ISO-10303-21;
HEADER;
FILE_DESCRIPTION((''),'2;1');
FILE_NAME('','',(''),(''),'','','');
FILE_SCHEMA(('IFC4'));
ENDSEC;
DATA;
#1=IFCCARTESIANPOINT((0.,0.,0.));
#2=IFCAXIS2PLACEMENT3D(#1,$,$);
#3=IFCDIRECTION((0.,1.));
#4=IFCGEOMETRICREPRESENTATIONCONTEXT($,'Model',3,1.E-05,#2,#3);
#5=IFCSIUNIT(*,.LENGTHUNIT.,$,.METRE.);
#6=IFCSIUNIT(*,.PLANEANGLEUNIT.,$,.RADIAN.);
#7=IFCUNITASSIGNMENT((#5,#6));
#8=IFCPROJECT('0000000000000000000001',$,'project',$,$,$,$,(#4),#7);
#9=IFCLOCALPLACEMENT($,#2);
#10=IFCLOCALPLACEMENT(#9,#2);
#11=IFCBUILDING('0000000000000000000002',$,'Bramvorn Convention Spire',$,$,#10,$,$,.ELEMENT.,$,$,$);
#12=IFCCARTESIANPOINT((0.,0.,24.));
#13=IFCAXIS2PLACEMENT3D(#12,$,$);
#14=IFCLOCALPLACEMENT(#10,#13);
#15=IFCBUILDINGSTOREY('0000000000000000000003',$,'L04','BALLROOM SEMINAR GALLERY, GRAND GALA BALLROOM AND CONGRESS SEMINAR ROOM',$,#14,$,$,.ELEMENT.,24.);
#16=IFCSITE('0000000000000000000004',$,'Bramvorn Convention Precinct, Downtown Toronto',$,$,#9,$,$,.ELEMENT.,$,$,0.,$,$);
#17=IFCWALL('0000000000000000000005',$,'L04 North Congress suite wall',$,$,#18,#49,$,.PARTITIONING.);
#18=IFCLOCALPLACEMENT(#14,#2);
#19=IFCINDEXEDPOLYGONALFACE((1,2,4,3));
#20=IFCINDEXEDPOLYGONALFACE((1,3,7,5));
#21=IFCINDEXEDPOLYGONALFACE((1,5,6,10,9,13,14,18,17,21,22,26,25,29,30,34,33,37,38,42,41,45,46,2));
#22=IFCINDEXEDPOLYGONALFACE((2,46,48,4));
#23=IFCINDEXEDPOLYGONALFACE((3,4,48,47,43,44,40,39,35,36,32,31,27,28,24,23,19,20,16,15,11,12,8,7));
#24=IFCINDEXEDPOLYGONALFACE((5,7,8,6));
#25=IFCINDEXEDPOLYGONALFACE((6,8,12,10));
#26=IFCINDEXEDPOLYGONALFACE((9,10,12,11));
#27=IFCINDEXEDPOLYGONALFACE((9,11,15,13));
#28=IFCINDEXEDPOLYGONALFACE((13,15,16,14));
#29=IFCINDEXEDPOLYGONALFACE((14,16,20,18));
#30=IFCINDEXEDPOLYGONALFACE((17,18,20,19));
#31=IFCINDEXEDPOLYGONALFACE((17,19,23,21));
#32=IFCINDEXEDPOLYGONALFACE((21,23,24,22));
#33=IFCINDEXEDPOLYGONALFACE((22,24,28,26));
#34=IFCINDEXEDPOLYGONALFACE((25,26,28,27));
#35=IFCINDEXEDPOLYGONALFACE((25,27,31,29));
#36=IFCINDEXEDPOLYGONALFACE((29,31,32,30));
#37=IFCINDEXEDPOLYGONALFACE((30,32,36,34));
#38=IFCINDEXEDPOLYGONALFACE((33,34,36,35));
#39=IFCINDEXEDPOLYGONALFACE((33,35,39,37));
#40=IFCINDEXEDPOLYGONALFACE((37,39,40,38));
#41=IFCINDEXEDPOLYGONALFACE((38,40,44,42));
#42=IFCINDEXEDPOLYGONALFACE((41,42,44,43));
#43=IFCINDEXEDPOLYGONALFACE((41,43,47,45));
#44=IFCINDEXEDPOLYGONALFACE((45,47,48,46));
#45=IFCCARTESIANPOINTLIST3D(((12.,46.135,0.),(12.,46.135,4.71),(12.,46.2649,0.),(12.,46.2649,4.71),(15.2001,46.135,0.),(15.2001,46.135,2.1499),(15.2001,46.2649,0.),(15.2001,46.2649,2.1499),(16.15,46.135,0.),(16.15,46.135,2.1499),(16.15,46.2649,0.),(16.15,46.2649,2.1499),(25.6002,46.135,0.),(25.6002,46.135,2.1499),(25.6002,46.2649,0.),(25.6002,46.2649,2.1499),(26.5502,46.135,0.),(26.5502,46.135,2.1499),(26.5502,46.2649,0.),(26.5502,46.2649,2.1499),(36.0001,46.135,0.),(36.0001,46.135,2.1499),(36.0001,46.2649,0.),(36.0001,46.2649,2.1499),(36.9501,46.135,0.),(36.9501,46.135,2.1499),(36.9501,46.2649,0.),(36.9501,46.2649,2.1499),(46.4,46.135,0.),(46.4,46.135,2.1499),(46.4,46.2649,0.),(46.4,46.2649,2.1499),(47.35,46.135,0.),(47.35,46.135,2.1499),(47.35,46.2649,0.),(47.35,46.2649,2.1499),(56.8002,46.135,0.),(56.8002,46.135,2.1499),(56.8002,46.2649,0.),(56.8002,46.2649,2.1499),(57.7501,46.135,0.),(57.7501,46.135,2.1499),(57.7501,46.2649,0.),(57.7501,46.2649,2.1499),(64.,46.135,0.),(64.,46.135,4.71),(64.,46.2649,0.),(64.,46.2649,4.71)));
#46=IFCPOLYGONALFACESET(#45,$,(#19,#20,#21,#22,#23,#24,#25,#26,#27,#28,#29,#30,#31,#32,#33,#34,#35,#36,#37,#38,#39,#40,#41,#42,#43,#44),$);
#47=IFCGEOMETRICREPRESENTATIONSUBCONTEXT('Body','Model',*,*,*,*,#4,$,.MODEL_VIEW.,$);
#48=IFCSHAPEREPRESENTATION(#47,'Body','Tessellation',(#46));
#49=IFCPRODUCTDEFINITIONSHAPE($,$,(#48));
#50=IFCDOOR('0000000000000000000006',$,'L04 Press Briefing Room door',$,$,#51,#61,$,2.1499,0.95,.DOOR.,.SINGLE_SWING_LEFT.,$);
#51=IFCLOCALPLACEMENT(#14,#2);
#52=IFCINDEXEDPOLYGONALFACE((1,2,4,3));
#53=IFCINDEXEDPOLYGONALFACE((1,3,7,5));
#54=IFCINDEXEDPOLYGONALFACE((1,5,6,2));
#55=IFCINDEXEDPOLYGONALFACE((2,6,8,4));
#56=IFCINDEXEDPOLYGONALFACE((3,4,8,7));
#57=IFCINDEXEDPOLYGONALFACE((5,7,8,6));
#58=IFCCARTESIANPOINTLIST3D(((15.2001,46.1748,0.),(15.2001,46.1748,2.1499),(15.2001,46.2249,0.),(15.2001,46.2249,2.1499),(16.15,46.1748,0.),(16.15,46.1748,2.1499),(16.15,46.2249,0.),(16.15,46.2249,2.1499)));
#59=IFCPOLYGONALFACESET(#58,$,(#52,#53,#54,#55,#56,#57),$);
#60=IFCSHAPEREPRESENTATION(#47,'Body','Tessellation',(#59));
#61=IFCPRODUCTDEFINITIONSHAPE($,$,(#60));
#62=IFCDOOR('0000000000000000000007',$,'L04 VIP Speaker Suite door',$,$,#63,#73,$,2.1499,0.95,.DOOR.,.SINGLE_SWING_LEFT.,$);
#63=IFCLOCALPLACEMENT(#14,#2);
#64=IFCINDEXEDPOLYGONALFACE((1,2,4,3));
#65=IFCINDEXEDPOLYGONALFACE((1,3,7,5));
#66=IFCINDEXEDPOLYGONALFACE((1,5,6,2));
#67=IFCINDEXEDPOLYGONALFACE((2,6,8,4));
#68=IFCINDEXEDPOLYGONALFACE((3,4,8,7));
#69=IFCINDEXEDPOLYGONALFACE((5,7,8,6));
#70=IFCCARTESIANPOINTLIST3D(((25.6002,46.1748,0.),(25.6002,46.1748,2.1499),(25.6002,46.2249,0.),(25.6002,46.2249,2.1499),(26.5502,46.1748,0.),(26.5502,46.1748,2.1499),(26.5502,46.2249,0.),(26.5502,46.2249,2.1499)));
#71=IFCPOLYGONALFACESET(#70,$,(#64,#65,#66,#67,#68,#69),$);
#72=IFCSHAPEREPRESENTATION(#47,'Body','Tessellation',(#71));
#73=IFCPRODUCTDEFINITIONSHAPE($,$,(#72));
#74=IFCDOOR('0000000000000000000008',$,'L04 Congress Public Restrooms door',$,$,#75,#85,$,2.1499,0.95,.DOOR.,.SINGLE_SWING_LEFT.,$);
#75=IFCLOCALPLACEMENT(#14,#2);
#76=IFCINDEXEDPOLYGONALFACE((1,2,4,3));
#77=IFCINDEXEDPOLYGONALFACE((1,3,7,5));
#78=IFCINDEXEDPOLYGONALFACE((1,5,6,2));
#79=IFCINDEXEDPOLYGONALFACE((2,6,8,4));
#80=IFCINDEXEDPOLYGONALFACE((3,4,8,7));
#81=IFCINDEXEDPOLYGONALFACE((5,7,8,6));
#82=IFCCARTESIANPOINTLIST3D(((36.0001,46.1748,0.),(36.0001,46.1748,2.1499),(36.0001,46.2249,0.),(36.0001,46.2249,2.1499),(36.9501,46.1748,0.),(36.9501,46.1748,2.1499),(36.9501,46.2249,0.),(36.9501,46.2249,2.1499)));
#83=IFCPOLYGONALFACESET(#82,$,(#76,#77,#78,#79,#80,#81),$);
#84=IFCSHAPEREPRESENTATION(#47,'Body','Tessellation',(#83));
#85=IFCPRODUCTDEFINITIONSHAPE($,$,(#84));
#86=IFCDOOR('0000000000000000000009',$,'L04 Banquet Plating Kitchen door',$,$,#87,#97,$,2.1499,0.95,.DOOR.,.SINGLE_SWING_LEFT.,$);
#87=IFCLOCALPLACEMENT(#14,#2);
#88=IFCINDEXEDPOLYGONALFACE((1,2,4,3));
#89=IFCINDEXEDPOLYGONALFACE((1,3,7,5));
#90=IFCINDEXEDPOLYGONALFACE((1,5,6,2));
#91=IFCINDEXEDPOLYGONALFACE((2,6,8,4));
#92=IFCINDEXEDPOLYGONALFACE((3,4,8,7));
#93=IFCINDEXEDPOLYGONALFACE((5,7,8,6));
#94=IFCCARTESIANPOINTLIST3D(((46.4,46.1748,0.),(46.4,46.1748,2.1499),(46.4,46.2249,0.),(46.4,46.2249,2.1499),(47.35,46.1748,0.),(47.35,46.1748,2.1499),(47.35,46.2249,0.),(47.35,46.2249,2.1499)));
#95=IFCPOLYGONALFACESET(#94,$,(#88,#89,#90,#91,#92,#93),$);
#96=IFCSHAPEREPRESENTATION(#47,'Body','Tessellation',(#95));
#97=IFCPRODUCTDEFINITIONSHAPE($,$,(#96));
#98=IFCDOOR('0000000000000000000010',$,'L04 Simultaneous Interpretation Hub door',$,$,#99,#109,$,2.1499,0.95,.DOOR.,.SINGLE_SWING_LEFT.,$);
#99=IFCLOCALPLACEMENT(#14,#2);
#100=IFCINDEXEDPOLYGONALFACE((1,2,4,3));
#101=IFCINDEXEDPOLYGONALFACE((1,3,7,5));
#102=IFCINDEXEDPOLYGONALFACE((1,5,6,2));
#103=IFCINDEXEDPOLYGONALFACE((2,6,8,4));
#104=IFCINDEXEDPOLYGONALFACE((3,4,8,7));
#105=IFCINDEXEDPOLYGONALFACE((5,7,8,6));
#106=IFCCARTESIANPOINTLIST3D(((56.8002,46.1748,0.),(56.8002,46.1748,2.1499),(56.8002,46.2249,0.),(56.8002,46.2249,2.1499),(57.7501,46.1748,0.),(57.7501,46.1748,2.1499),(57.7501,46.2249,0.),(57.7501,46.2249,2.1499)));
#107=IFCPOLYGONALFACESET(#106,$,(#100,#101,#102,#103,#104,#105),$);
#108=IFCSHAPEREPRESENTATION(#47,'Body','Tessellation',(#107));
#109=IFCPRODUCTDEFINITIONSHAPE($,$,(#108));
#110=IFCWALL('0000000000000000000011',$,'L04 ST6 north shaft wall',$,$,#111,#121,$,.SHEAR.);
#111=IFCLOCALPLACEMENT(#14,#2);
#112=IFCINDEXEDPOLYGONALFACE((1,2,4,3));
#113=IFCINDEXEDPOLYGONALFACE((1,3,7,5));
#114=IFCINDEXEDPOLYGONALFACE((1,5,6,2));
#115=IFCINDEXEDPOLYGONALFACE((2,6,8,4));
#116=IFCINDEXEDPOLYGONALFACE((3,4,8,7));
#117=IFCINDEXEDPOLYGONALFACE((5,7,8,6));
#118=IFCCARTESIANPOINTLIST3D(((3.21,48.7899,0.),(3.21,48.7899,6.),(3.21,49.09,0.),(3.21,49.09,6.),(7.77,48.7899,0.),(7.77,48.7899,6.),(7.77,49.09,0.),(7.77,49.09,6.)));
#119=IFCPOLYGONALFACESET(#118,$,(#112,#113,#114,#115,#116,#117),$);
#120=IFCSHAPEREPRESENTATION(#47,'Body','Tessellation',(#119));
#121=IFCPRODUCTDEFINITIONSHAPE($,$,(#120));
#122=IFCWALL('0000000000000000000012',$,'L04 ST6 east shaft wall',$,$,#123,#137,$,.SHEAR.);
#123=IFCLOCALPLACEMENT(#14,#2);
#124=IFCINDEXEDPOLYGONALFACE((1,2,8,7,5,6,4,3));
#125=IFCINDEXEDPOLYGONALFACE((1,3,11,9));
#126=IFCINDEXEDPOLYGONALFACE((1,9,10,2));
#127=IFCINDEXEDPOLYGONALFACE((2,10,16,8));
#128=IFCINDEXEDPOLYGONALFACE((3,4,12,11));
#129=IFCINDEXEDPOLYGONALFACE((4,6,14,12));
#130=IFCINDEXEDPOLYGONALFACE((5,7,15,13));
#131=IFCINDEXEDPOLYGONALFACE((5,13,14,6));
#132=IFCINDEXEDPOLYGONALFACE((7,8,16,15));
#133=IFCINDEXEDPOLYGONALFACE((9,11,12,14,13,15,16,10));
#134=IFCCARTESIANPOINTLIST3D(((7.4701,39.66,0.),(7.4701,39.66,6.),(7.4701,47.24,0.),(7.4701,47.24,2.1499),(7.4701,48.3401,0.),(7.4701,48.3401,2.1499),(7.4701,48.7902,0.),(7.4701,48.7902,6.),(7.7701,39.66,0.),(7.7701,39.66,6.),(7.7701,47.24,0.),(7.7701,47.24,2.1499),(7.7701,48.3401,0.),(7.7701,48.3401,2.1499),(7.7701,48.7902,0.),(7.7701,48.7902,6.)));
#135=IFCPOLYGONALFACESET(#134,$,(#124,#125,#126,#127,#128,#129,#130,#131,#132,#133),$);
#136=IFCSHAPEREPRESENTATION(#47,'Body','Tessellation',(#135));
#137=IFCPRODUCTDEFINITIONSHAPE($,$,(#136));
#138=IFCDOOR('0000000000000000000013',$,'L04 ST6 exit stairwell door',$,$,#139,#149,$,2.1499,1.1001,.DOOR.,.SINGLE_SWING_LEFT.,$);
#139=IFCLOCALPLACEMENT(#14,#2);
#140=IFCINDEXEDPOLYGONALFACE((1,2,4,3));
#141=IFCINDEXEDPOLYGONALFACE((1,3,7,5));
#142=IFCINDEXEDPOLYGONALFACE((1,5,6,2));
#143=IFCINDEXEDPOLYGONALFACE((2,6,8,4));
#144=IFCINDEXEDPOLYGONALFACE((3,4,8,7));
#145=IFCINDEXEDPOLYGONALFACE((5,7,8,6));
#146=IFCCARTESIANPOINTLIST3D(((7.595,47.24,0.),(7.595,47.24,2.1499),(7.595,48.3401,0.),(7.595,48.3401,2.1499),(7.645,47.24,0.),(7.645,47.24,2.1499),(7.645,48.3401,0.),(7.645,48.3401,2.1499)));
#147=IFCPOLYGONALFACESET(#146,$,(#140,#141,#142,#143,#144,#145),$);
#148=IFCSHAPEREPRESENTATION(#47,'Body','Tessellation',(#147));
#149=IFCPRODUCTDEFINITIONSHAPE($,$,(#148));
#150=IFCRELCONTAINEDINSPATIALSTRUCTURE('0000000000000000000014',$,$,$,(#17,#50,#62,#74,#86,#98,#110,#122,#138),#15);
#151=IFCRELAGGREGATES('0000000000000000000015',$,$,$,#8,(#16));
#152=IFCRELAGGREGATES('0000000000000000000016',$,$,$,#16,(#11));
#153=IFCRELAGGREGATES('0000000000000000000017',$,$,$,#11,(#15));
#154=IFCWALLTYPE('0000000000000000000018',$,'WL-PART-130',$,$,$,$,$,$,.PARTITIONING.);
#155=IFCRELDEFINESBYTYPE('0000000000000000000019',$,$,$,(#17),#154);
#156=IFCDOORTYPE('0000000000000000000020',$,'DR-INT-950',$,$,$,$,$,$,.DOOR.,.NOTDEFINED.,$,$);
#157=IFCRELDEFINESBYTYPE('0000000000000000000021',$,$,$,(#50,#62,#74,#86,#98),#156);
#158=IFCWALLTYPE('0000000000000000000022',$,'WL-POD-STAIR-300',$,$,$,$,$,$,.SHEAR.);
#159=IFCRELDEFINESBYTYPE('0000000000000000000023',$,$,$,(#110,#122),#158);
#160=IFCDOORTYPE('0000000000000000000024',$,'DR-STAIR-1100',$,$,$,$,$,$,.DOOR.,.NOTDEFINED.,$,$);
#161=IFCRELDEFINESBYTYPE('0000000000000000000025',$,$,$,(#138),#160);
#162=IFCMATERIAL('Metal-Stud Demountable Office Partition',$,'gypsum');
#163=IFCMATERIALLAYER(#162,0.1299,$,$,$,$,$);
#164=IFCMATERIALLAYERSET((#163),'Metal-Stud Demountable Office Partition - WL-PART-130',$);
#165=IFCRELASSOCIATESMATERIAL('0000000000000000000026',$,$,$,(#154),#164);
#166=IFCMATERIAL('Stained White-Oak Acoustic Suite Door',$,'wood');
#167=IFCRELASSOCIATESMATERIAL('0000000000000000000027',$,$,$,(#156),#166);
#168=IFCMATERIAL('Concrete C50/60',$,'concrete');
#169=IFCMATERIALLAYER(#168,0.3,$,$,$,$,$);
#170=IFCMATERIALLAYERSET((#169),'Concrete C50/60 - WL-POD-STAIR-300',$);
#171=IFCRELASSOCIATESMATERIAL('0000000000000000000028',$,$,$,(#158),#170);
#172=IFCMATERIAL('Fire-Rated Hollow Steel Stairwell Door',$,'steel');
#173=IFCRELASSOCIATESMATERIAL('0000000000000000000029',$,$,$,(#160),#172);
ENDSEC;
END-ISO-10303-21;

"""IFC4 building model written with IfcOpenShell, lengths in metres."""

from ifc_helpers import new_model, si_unit, direction, frame, frame_2d, origin, place, context, subcontext, project, spatial, rectangle, extrude, material, layer, layer_set, type_object, element, fill, save


model = new_model("IFC4")

# Units and contexts
model_context = context("Model", 3, precision=1e-05, world=origin(), true_north=direction((0.0, 1.0)))
body_context = subcontext(model_context, "Body", "Model", "MODEL_VIEW")
ifc_project = project(units=[si_unit("LENGTHUNIT", "METRE"), si_unit("PLANEANGLEUNIT", "RADIAN")], contexts=[model_context])

# Site, building, storey
site_placement = place(None, origin())
site = spatial("IfcSite", under=ifc_project, at=site_placement, Name="Bramvorn Convention Precinct, Downtown Toronto", CompositionType="ELEMENT", RefElevation=0.0)
building_placement = place(site_placement, origin())
building = spatial("IfcBuilding", under=site, at=building_placement, Name="Bramvorn Convention Spire", CompositionType="ELEMENT")
storey_placement = place(building_placement, frame((0.0, 0.0, 24.0)))
storey = spatial("IfcBuildingStorey", under=building, at=storey_placement, Name="L04", Description="BALLROOM SEMINAR GALLERY, GRAND GALA BALLROOM AND CONGRESS SEMINAR ROOM", CompositionType="ELEMENT", Elevation=24.0)

# Wall, openings, doors
ifc_material_1 = material(Name="Metal-Stud Demountable Office Partition", Category="gypsum")
ifc_layer_1 = layer(ifc_material_1, 0.1299)
ifc_layer_set_1 = layer_set([ifc_layer_1], Name="Metal-Stud Demountable Office Partition - WL-PART-130")
wall_type_1 = type_object("IfcWallType", Name="WL-PART-130", PredefinedType="PARTITIONING", material=ifc_layer_set_1)
wall_1_placement = place(storey_placement, frame((12.0, 46.2, 0.0), z_axis=(0.0, 0.0, 1.0), x_axis=(1.0, 0.0, 0.0)))
wall_1 = element("IfcWall", 1, at=wall_1_placement, inside=storey, type_object=wall_type_1, Name="L04 North Congress suite wall", PredefinedType="PARTITIONING", context=body_context, shape_type="SweptSolid", body=[
    extrude(rectangle(XDim=52.0, YDim=0.1299, at=frame_2d((26.0, 0.0))), origin(), (0.0, 0.0, 1.0), 4.71),
])
opening_1_placement = place(wall_1_placement, frame((3.2, 0.0, 0.0)))
opening_1 = element("IfcOpeningElement", 2, at=opening_1_placement, cuts=wall_1, PredefinedType="OPENING", context=body_context, shape_type="SweptSolid", body=[
    extrude(rectangle(XDim=0.95, YDim=2.1499, at=frame_2d((0.4751, 1.075))), frame((0.0, 0.075, 0.0), z_axis=(0.0, -1.0, 0.0), x_axis=(1.0, 0.0, 0.0)), (0.0, 0.0, 1.0), 0.1499),
])
opening_2_placement = place(wall_1_placement, frame((13.6001, 0.0, 0.0)))
opening_2 = element("IfcOpeningElement", 3, at=opening_2_placement, cuts=wall_1, PredefinedType="OPENING", context=body_context, shape_type="SweptSolid", body=[
    extrude(rectangle(XDim=0.95, YDim=2.1499, at=frame_2d((0.4751, 1.075))), frame((0.0, 0.075, 0.0), z_axis=(0.0, -1.0, 0.0), x_axis=(1.0, 0.0, 0.0)), (0.0, 0.0, 1.0), 0.1499),
])
opening_3_placement = place(wall_1_placement, frame((24.0, 0.0, 0.0)))
opening_3 = element("IfcOpeningElement", 4, at=opening_3_placement, cuts=wall_1, PredefinedType="OPENING", context=body_context, shape_type="SweptSolid", body=[
    extrude(rectangle(XDim=0.95, YDim=2.1499, at=frame_2d((0.4751, 1.075))), frame((0.0, 0.075, 0.0), z_axis=(0.0, -1.0, 0.0), x_axis=(1.0, 0.0, 0.0)), (0.0, 0.0, 1.0), 0.1499),
])
opening_4_placement = place(wall_1_placement, frame((34.3999, 0.0, 0.0)))
opening_4 = element("IfcOpeningElement", 5, at=opening_4_placement, cuts=wall_1, PredefinedType="OPENING", context=body_context, shape_type="SweptSolid", body=[
    extrude(rectangle(XDim=0.95, YDim=2.1499, at=frame_2d((0.4751, 1.075))), frame((0.0, 0.075, 0.0), z_axis=(0.0, -1.0, 0.0), x_axis=(1.0, 0.0, 0.0)), (0.0, 0.0, 1.0), 0.1499),
])
opening_5_placement = place(wall_1_placement, frame((44.8, 0.0, 0.0)))
opening_5 = element("IfcOpeningElement", 6, at=opening_5_placement, cuts=wall_1, PredefinedType="OPENING", context=body_context, shape_type="SweptSolid", body=[
    extrude(rectangle(XDim=0.95, YDim=2.1499, at=frame_2d((0.4751, 1.075))), frame((0.0, 0.075, 0.0), z_axis=(0.0, -1.0, 0.0), x_axis=(1.0, 0.0, 0.0)), (0.0, 0.0, 1.0), 0.1499),
])
ifc_material_2 = material(Name="Stained White-Oak Acoustic Suite Door", Category="wood")
door_type_1 = type_object("IfcDoorType", Name="DR-INT-950", OperationType="NOTDEFINED", PredefinedType="DOOR", material=ifc_material_2)
door_1_placement = place(opening_1_placement, origin())
door_1 = element("IfcDoor", 7, at=door_1_placement, inside=storey, type_object=door_type_1, Name="L04 Press Briefing Room door", OperationType="SINGLE_SWING_LEFT", OverallHeight=2.1499, OverallWidth=0.95, PredefinedType="DOOR", context=body_context, shape_type="SweptSolid", body=[
    extrude(rectangle(XDim=0.95, YDim=2.1499, at=frame_2d((0.4751, 1.075))), frame((0.0, 0.0249, 0.0), z_axis=(0.0, -1.0, 0.0), x_axis=(1.0, 0.0, 0.0)), (0.0, 0.0, 1.0), 0.05),
])
fill(opening_1, door_1)
door_2_placement = place(opening_2_placement, origin())
door_2 = element("IfcDoor", 8, at=door_2_placement, inside=storey, type_object=door_type_1, Name="L04 VIP Speaker Suite door", OperationType="SINGLE_SWING_LEFT", OverallHeight=2.1499, OverallWidth=0.95, PredefinedType="DOOR", context=body_context, shape_type="SweptSolid", body=[
    extrude(rectangle(XDim=0.95, YDim=2.1499, at=frame_2d((0.4751, 1.075))), frame((0.0, 0.0249, 0.0), z_axis=(0.0, -1.0, 0.0), x_axis=(1.0, 0.0, 0.0)), (0.0, 0.0, 1.0), 0.05),
])
fill(opening_2, door_2)
door_3_placement = place(opening_3_placement, origin())
door_3 = element("IfcDoor", 9, at=door_3_placement, inside=storey, type_object=door_type_1, Name="L04 Congress Public Restrooms door", OperationType="SINGLE_SWING_LEFT", OverallHeight=2.1499, OverallWidth=0.95, PredefinedType="DOOR", context=body_context, shape_type="SweptSolid", body=[
    extrude(rectangle(XDim=0.95, YDim=2.1499, at=frame_2d((0.4751, 1.075))), frame((0.0, 0.0249, 0.0), z_axis=(0.0, -1.0, 0.0), x_axis=(1.0, 0.0, 0.0)), (0.0, 0.0, 1.0), 0.05),
])
fill(opening_3, door_3)
door_4_placement = place(opening_4_placement, origin())
door_4 = element("IfcDoor", 10, at=door_4_placement, inside=storey, type_object=door_type_1, Name="L04 Banquet Plating Kitchen door", OperationType="SINGLE_SWING_LEFT", OverallHeight=2.1499, OverallWidth=0.95, PredefinedType="DOOR", context=body_context, shape_type="SweptSolid", body=[
    extrude(rectangle(XDim=0.95, YDim=2.1499, at=frame_2d((0.4751, 1.075))), frame((0.0, 0.0249, 0.0), z_axis=(0.0, -1.0, 0.0), x_axis=(1.0, 0.0, 0.0)), (0.0, 0.0, 1.0), 0.05),
])
fill(opening_4, door_4)
door_5_placement = place(opening_5_placement, origin())
door_5 = element("IfcDoor", 11, at=door_5_placement, inside=storey, type_object=door_type_1, Name="L04 Simultaneous Interpretation Hub door", OperationType="SINGLE_SWING_LEFT", OverallHeight=2.1499, OverallWidth=0.95, PredefinedType="DOOR", context=body_context, shape_type="SweptSolid", body=[
    extrude(rectangle(XDim=0.95, YDim=2.1499, at=frame_2d((0.4751, 1.075))), frame((0.0, 0.0249, 0.0), z_axis=(0.0, -1.0, 0.0), x_axis=(1.0, 0.0, 0.0)), (0.0, 0.0, 1.0), 0.05),
])
fill(opening_5, door_5)

# Wall
ifc_material_3 = material(Name="Concrete C50/60", Category="concrete")
ifc_layer_2 = layer(ifc_material_3, 0.3)
ifc_layer_set_2 = layer_set([ifc_layer_2], Name="Concrete C50/60 - WL-POD-STAIR-300")
wall_type_2 = type_object("IfcWallType", Name="WL-POD-STAIR-300", PredefinedType="SHEAR", material=ifc_layer_set_2)
wall_2_placement = place(storey_placement, frame((3.21, 48.9399, 0.0), z_axis=(0.0, 0.0, 1.0), x_axis=(1.0, 0.0, 0.0)))
element("IfcWall", 12, at=wall_2_placement, inside=storey, type_object=wall_type_2, Name="L04 ST6 north shaft wall", PredefinedType="SHEAR", context=body_context, shape_type="SweptSolid", body=[
    extrude(rectangle(XDim=4.5601, YDim=0.3, at=frame_2d((2.28, 0.0))), origin(), (0.0, 0.0, 1.0), 6.0),
])

# Wall, opening, door
wall_3_placement = place(storey_placement, frame((7.6201, 48.79, 0.0), z_axis=(0.0, 0.0, 1.0), x_axis=(0.0, -1.0, 0.0)))
wall_3 = element("IfcWall", 13, at=wall_3_placement, inside=storey, type_object=wall_type_2, Name="L04 ST6 east shaft wall", PredefinedType="SHEAR", context=body_context, shape_type="SweptSolid", body=[
    extrude(rectangle(XDim=9.1301, YDim=0.3, at=frame_2d((4.5649, 0.0))), origin(), (0.0, 0.0, 1.0), 6.0),
])
opening_6_placement = place(wall_3_placement, frame((0.45, 0.0, 0.0)))
opening_6 = element("IfcOpeningElement", 14, at=opening_6_placement, cuts=wall_3, PredefinedType="OPENING", context=body_context, shape_type="SweptSolid", body=[
    extrude(rectangle(XDim=1.1001, YDim=2.1499, at=frame_2d((0.55, 1.075))), frame((0.0, 0.1599, 0.0), z_axis=(0.0, -1.0, 0.0), x_axis=(1.0, 0.0, 0.0)), (0.0, 0.0, 1.0), 0.3201),
])
ifc_material_4 = material(Name="Fire-Rated Hollow Steel Stairwell Door", Category="steel")
door_type_2 = type_object("IfcDoorType", Name="DR-STAIR-1100", OperationType="NOTDEFINED", PredefinedType="DOOR", material=ifc_material_4)
door_6_placement = place(opening_6_placement, origin())
door_6 = element("IfcDoor", 15, at=door_6_placement, inside=storey, type_object=door_type_2, Name="L04 ST6 exit stairwell door", OperationType="SINGLE_SWING_LEFT", OverallHeight=2.1499, OverallWidth=1.1001, PredefinedType="DOOR", context=body_context, shape_type="SweptSolid", body=[
    extrude(rectangle(XDim=1.1001, YDim=2.1499, at=frame_2d((0.55, 1.075))), frame((0.0, 0.0249, 0.0), z_axis=(0.0, -1.0, 0.0), x_axis=(1.0, 0.0, 0.0)), (0.0, 0.0, 1.0), 0.05),
])
fill(opening_6, door_6)

save(model, "model.ifc")
